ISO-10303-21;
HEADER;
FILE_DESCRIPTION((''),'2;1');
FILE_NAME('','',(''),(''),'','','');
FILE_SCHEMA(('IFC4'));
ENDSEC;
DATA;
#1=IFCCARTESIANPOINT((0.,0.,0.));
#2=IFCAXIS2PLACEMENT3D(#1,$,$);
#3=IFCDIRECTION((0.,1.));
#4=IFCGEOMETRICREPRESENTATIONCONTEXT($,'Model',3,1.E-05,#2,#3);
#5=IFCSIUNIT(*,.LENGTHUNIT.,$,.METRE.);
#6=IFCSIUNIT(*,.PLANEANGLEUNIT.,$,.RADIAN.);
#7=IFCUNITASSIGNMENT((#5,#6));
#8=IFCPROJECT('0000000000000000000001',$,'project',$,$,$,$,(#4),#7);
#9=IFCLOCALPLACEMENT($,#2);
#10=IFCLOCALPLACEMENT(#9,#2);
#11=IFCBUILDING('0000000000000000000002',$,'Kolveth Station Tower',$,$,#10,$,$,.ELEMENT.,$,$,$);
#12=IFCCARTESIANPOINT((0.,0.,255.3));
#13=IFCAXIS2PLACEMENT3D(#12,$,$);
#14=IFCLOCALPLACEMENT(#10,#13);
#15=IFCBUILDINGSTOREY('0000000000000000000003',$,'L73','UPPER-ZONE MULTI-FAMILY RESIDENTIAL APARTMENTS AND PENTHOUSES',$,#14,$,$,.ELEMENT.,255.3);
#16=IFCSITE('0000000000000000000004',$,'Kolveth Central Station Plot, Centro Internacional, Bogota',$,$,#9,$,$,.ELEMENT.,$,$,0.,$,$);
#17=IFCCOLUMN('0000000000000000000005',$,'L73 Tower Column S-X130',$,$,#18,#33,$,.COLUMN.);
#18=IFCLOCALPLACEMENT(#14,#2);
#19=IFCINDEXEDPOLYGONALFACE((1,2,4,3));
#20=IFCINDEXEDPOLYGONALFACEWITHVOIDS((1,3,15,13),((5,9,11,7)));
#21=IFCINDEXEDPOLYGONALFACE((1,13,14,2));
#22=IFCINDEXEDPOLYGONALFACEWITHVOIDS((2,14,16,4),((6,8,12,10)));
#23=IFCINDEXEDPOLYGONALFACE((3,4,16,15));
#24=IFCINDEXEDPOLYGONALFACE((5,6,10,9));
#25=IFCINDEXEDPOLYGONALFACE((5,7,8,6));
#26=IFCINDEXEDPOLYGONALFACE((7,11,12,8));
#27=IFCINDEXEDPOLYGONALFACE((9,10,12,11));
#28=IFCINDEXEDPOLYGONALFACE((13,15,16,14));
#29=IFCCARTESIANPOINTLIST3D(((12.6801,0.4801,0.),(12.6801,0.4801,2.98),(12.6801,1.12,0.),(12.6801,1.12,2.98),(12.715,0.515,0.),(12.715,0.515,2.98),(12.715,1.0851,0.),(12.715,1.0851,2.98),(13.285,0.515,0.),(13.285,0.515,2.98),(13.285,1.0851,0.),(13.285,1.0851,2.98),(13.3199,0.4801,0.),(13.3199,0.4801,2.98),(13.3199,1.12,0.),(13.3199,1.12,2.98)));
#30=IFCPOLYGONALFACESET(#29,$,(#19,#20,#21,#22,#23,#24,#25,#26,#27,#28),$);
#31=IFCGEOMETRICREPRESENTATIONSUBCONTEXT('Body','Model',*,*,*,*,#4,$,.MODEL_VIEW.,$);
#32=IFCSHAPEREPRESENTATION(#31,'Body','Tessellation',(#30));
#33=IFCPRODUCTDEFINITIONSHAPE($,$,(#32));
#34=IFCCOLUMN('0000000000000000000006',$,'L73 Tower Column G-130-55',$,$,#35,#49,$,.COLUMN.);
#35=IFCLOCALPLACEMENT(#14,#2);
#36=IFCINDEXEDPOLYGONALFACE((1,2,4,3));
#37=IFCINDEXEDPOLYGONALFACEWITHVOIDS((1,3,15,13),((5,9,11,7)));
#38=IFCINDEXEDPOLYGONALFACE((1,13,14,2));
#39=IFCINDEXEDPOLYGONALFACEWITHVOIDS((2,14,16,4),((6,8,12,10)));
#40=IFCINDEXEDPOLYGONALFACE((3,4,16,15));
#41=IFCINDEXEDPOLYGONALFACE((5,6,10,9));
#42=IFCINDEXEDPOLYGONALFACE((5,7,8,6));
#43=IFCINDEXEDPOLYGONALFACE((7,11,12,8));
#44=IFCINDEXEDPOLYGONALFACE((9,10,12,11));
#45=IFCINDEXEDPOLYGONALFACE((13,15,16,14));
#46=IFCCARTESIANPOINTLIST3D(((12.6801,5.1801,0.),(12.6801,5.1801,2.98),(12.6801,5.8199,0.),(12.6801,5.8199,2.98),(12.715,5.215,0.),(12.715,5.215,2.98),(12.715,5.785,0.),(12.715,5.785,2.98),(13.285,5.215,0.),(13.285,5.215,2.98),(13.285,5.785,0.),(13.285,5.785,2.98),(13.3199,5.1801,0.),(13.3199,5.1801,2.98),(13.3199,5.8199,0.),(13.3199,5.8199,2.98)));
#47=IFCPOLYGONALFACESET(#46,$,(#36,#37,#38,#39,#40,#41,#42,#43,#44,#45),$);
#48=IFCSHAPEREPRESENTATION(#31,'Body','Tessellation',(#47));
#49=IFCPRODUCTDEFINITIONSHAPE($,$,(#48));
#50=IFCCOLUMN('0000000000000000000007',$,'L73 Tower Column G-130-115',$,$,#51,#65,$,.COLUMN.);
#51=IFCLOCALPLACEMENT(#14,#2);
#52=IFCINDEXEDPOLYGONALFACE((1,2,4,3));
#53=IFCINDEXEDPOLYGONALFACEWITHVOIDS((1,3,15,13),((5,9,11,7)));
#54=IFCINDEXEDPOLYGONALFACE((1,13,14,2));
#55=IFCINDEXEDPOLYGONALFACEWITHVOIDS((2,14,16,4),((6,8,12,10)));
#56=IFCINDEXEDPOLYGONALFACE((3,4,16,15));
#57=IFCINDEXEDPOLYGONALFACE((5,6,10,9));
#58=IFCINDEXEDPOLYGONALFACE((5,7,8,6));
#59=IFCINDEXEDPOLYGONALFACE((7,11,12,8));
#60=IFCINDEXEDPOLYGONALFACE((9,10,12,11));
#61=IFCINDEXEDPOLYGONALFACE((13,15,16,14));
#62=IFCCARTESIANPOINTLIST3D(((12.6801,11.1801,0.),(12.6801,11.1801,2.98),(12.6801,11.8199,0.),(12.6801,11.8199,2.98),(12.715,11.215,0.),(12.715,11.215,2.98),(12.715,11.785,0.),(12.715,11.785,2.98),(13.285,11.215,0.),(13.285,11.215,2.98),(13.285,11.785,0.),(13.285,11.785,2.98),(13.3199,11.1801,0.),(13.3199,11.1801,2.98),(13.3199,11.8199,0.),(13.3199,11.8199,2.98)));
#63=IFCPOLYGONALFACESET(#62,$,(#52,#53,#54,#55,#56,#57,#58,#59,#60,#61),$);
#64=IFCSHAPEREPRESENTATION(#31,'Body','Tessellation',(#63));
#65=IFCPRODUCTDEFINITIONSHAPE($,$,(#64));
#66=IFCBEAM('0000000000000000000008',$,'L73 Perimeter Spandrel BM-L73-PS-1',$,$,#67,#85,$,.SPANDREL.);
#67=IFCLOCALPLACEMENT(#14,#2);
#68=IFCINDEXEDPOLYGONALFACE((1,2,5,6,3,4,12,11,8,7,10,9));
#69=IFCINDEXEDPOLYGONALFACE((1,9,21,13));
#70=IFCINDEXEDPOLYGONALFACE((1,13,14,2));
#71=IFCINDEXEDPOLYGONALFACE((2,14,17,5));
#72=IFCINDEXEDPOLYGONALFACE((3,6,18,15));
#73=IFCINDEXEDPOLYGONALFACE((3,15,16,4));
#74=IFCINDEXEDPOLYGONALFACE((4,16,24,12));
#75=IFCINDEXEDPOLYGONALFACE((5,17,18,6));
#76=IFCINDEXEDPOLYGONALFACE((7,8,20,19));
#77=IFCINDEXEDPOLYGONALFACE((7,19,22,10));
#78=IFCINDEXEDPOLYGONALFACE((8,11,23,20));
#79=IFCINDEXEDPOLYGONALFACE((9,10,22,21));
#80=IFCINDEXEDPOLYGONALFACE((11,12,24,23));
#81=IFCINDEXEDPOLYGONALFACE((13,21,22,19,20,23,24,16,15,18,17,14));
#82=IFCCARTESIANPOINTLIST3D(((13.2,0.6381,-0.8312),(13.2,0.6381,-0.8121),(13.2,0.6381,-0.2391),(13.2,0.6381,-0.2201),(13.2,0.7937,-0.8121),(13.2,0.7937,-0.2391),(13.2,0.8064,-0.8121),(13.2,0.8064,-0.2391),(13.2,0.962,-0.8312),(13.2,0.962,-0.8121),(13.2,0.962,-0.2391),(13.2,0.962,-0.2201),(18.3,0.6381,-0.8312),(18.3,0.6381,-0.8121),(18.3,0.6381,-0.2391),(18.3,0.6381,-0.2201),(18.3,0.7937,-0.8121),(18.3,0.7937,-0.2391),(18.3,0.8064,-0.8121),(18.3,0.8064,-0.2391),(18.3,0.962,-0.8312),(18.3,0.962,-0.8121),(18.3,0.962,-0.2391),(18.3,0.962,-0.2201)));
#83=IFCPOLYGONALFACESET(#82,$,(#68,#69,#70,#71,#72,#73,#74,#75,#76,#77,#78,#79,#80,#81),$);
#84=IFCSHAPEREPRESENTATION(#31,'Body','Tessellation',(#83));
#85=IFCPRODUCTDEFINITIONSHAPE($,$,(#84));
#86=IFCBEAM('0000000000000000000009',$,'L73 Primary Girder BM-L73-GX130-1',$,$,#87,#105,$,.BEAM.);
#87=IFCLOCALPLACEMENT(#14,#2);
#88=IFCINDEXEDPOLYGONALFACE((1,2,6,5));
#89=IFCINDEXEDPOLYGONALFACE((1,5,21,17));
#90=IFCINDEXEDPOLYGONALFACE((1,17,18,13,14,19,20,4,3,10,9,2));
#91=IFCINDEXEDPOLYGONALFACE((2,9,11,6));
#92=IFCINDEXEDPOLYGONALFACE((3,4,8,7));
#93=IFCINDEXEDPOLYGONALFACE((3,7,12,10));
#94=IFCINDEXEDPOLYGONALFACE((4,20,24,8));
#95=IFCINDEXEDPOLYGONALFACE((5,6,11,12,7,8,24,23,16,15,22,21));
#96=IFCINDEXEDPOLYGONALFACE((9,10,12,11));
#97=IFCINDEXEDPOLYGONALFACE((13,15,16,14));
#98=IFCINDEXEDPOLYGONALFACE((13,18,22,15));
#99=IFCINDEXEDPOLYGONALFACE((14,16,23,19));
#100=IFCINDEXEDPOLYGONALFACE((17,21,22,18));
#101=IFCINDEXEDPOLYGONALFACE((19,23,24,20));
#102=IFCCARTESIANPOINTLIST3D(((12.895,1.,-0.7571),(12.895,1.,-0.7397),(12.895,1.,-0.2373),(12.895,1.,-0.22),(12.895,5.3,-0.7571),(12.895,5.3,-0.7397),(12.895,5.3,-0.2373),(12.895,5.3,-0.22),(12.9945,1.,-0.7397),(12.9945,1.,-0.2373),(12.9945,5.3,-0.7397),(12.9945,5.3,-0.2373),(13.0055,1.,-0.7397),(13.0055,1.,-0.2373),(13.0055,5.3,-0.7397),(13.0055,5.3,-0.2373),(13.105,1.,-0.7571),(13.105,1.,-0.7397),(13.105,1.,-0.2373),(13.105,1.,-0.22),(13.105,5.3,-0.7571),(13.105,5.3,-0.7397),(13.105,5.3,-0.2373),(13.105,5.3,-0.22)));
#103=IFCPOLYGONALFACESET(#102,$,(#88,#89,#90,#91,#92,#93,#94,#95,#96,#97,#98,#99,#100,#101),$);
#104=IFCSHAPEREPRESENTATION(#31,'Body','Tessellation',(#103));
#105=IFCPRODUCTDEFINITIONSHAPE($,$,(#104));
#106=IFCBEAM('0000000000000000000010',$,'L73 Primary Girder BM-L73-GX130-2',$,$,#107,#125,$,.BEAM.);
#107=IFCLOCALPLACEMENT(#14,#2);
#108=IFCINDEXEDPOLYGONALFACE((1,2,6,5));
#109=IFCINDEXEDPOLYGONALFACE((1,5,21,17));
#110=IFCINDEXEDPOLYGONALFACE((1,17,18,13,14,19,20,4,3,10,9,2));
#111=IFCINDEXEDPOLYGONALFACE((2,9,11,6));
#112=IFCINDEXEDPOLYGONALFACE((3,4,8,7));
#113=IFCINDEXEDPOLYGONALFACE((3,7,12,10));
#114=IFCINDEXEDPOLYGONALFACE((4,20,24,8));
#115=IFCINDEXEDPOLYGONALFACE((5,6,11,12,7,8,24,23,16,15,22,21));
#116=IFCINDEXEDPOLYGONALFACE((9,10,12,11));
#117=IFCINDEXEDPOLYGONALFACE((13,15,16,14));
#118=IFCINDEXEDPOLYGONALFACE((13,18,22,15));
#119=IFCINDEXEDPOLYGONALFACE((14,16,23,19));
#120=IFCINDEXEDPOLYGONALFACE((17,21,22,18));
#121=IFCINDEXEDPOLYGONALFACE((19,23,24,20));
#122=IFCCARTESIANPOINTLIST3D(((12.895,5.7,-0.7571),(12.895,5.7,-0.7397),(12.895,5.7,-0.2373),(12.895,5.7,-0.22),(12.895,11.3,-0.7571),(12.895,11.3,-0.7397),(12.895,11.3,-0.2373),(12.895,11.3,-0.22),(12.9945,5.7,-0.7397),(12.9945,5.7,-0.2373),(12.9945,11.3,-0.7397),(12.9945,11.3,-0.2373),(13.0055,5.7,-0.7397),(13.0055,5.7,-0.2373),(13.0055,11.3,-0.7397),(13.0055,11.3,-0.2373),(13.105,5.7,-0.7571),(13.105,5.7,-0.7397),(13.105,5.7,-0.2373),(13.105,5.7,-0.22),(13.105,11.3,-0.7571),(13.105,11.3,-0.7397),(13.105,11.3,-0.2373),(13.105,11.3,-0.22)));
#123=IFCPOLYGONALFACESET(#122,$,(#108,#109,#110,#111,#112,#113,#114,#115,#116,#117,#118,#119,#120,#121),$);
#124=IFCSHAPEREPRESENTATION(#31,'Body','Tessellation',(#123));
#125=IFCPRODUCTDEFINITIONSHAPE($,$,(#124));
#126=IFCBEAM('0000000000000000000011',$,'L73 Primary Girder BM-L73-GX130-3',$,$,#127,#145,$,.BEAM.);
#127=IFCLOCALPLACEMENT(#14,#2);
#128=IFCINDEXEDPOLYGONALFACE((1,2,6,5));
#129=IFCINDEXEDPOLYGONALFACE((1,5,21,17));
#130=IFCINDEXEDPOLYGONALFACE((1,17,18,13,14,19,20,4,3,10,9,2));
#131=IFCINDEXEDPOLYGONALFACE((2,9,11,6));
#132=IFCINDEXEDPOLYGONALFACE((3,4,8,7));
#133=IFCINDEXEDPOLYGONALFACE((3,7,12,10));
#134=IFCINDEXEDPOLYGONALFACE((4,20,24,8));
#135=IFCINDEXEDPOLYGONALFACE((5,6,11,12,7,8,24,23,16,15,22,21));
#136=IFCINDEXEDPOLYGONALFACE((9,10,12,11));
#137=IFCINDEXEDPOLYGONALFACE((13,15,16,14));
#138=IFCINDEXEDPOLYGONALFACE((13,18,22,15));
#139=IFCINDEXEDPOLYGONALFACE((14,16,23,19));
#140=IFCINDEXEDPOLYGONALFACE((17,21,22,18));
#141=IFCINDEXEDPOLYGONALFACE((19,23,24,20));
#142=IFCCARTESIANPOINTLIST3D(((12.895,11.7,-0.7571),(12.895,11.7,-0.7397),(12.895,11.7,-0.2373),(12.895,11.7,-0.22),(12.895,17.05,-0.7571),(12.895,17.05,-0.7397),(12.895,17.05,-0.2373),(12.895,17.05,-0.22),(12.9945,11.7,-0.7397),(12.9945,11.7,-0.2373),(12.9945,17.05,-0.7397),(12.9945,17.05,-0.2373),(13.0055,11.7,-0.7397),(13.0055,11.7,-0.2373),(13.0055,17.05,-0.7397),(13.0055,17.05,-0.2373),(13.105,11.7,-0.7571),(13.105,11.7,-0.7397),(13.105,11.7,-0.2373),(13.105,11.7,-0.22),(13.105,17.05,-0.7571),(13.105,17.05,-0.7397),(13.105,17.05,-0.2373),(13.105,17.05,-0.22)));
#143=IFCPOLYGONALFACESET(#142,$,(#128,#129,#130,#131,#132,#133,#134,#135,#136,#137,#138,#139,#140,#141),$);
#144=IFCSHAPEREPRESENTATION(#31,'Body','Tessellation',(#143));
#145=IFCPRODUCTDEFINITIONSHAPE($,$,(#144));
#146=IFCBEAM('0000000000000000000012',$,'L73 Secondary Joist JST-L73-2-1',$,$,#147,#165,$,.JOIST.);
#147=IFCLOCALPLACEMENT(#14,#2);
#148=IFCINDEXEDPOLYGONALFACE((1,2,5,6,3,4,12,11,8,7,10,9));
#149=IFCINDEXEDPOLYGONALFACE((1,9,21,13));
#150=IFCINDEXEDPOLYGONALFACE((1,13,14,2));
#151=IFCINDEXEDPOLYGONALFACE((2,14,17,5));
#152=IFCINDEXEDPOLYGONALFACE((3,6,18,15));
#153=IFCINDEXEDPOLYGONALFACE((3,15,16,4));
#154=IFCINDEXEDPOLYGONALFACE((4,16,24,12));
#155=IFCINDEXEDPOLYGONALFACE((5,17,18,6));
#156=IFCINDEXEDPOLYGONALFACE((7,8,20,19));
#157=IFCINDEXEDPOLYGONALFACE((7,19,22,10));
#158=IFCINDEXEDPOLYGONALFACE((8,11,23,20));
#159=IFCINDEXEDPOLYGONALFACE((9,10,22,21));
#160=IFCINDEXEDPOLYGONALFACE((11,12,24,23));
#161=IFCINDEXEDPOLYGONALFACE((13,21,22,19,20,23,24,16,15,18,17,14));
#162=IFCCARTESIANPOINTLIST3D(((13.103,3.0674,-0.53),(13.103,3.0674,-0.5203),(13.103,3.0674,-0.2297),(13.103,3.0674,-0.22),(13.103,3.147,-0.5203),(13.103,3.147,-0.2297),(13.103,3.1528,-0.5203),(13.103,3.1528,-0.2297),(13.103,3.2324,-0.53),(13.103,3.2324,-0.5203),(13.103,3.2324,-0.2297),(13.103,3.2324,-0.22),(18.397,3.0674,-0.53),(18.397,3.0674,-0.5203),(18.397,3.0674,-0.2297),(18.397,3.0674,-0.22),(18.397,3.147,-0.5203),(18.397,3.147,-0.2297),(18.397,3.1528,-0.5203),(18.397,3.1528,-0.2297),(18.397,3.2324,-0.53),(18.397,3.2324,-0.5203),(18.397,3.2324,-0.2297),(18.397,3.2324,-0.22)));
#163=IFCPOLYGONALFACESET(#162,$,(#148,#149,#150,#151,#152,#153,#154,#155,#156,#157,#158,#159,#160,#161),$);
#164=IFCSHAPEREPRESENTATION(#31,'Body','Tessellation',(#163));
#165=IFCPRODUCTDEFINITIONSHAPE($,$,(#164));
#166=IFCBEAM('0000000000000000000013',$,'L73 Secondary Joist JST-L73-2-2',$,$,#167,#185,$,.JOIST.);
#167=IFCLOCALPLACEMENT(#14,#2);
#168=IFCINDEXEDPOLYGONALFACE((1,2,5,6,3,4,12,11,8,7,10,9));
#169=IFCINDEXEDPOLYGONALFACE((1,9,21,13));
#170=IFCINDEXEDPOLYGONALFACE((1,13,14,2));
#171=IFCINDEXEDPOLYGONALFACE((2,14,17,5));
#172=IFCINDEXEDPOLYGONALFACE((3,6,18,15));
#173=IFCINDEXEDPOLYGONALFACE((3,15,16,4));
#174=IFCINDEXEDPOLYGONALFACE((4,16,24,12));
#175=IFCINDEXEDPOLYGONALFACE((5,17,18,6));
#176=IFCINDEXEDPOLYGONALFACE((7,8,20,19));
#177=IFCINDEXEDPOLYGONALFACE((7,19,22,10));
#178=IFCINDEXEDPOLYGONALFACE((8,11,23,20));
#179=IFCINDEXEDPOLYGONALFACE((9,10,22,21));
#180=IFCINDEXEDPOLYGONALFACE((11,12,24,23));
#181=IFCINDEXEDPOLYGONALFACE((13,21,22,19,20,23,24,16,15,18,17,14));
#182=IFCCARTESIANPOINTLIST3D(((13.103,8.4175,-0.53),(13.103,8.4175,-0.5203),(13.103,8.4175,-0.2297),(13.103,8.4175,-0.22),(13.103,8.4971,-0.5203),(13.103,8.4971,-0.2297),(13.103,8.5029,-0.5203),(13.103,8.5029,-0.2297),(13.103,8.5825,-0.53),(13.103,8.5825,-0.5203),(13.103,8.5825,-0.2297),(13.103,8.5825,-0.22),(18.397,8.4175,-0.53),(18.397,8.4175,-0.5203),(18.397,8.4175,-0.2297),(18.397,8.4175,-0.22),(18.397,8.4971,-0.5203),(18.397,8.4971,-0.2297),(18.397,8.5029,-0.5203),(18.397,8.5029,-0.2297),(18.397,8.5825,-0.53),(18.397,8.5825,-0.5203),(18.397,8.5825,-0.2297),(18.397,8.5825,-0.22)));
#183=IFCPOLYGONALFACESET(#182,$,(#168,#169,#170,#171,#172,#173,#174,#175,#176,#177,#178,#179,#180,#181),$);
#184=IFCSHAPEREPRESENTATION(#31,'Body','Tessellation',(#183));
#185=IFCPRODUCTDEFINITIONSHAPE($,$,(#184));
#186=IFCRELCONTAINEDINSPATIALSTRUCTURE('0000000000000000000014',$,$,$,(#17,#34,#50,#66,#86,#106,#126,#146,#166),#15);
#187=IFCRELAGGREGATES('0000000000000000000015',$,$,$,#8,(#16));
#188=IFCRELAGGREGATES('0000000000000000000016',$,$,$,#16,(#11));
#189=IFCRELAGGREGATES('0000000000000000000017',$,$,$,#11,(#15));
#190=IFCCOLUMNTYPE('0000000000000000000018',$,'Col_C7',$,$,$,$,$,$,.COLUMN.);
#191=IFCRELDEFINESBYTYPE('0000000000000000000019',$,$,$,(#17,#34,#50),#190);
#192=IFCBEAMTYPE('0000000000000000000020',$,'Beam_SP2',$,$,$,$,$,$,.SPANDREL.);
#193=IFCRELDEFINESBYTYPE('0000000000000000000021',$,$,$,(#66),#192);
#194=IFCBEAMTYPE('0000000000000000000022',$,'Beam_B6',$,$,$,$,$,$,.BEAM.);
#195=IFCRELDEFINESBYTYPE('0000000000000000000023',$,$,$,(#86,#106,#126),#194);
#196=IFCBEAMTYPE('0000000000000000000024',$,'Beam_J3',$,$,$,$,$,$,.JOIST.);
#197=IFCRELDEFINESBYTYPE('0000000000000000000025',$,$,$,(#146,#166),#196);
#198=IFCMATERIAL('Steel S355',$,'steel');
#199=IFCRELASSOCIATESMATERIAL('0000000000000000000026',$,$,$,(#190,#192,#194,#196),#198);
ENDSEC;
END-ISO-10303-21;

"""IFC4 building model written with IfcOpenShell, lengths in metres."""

from ifc_helpers import new_model, si_unit, direction, frame, origin, origin_2d, place, context, subcontext, project, spatial, hollow_rectangle, i_section, extrude, source, transform, mapped, material, material_profile, profile_set, type_object, element, save


model = new_model("IFC4")

# Units and contexts
model_context = context("Model", 3, precision=1e-05, world=origin(), true_north=direction((0.0, 1.0)))
body_context = subcontext(model_context, "Body", "Model", "MODEL_VIEW")
ifc_project = project(units=[si_unit("LENGTHUNIT", "METRE"), si_unit("PLANEANGLEUNIT", "RADIAN")], contexts=[model_context])

# Site, building, storey
site_placement = place(None, origin())
site = spatial("IfcSite", under=ifc_project, at=site_placement, Name="Kolveth Central Station Plot, Centro Internacional, Bogota", CompositionType="ELEMENT", RefElevation=0.0)
building_placement = place(site_placement, origin())
building = spatial("IfcBuilding", under=site, at=building_placement, Name="Kolveth Station Tower", CompositionType="ELEMENT")
storey_placement = place(building_placement, frame((0.0, 0.0, 255.3)))
storey = spatial("IfcBuildingStorey", under=building, at=storey_placement, Name="L73", Description="UPPER-ZONE MULTI-FAMILY RESIDENTIAL APARTMENTS AND PENTHOUSES", CompositionType="ELEMENT", Elevation=255.3)

# Columns
ifc_material_1 = material(Name="Steel S355", Category="steel")
ifc_material_profile_1 = material_profile(ifc_material_1, hollow_rectangle(XDim=0.6399, YDim=0.6399, WallThickness=0.0349, at=origin_2d()), Name="BOX640x640x35")
ifc_profile_set_1 = profile_set([ifc_material_profile_1], Name="Steel S355")
column_type = type_object("IfcColumnType", Name="Col_C7", PredefinedType="COLUMN", material=ifc_profile_set_1)
shared_shape_1 = source(origin(), body_context, "Body", "SweptSolid", [
    extrude(hollow_rectangle(XDim=0.6399, YDim=0.6399, WallThickness=0.0349, at=origin_2d()), origin(), (0.0, 0.0, 1.0), 2.98),
])
for number, where, z_axis, x_axis, name in (
    (1, (13.0, 0.8, 0.0), (0.0, 0.0, 1.0), (1.0, 0.0, 0.0), "L73 Tower Column S-X130"),
    (2, (13.0, 5.5, 0.0), (0.0, 0.0, 1.0), (1.0, 0.0, 0.0), "L73 Tower Column G-130-55"),
    (3, (13.0, 11.5, 0.0), (0.0, 0.0, 1.0), (1.0, 0.0, 0.0), "L73 Tower Column G-130-115"),
):
    element("IfcColumn", number, at=place(storey_placement, frame(where, z_axis=z_axis, x_axis=x_axis)), inside=storey, type_object=column_type, Name=name, PredefinedType="COLUMN", context=body_context, shape_type="MappedRepresentation", body=[
        mapped(shared_shape_1, transform((0.0, 0.0, 0.0), x_axis=(1.0, 0.0, 0.0), y_axis=(0.0, 1.0, 0.0), z_axis=(0.0, 0.0, 1.0), scale=1.0)),
    ])

# Beams
ifc_material_profile_2 = material_profile(ifc_material_1, i_section(OverallWidth=0.324, OverallDepth=0.6111, WebThickness=0.0127, FlangeThickness=0.019, at=origin_2d()), Name="W610x155")
ifc_profile_set_2 = profile_set([ifc_material_profile_2], Name="Steel S355")
beam_type_1 = type_object("IfcBeamType", Name="Beam_SP2", PredefinedType="SPANDREL", material=ifc_profile_set_2)
shared_shape_2 = source(origin(), body_context, "Body", "SweptSolid", [
    extrude(i_section(OverallWidth=0.324, OverallDepth=0.6111, WebThickness=0.0127, FlangeThickness=0.019, at=origin_2d()), origin(), (0.0, 0.0, 1.0), 5.1001),
])
beam_1_placement = place(storey_placement, frame((13.2, 0.8, -0.5256), z_axis=(1.0, 0.0, 0.0), x_axis=(0.0, 1.0, 0.0)))
element("IfcBeam", 4, at=beam_1_placement, inside=storey, type_object=beam_type_1, Name="L73 Perimeter Spandrel BM-L73-PS-1", PredefinedType="SPANDREL", context=body_context, shape_type="MappedRepresentation", body=[
    mapped(shared_shape_2, transform((0.0, 0.0, 0.0), x_axis=(1.0, 0.0, 0.0), y_axis=(0.0, 1.0, 0.0), z_axis=(0.0, 0.0, 1.0), scale=1.0)),
])
ifc_material_profile_3 = material_profile(ifc_material_1, i_section(OverallWidth=0.21, OverallDepth=0.5371, WebThickness=0.011, FlangeThickness=0.0173, at=origin_2d()), Name="W530x101")
ifc_profile_set_3 = profile_set([ifc_material_profile_3], Name="Steel S355")
beam_type_2 = type_object("IfcBeamType", Name="Beam_B6", PredefinedType="BEAM", material=ifc_profile_set_3)
shared_shape_3 = source(origin(), body_context, "Body", "SweptSolid", [
    extrude(i_section(OverallWidth=0.21, OverallDepth=0.5371, WebThickness=0.011, FlangeThickness=0.0173, at=origin_2d()), origin(), (0.0, 0.0, 1.0), 4.3),
])
beam_2_placement = place(storey_placement, frame((13.0, 1.0, -0.4885), z_axis=(0.0, 1.0, 0.0), x_axis=(-1.0, 0.0, 0.0)))
element("IfcBeam", 5, at=beam_2_placement, inside=storey, type_object=beam_type_2, Name="L73 Primary Girder BM-L73-GX130-1", PredefinedType="BEAM", context=body_context, shape_type="MappedRepresentation", body=[
    mapped(shared_shape_3, transform((0.0, 0.0, 0.0), x_axis=(1.0, 0.0, 0.0), y_axis=(0.0, 1.0, 0.0), z_axis=(0.0, 0.0, 1.0), scale=1.0)),
])
shared_shape_4 = source(origin(), body_context, "Body", "SweptSolid", [
    extrude(i_section(OverallWidth=0.21, OverallDepth=0.5371, WebThickness=0.011, FlangeThickness=0.0173, at=origin_2d()), origin(), (0.0, 0.0, 1.0), 5.6001),
])
beam_3_placement = place(storey_placement, frame((13.0, 5.7, -0.4885), z_axis=(0.0, 1.0, 0.0), x_axis=(-1.0, 0.0, 0.0)))
element("IfcBeam", 6, at=beam_3_placement, inside=storey, type_object=beam_type_2, Name="L73 Primary Girder BM-L73-GX130-2", PredefinedType="BEAM", context=body_context, shape_type="MappedRepresentation", body=[
    mapped(shared_shape_4, transform((0.0, 0.0, 0.0), x_axis=(1.0, 0.0, 0.0), y_axis=(0.0, 1.0, 0.0), z_axis=(0.0, 0.0, 1.0), scale=1.0)),
])
shared_shape_5 = source(origin(), body_context, "Body", "SweptSolid", [
    extrude(i_section(OverallWidth=0.21, OverallDepth=0.5371, WebThickness=0.011, FlangeThickness=0.0173, at=origin_2d()), origin(), (0.0, 0.0, 1.0), 5.3501),
])
beam_4_placement = place(storey_placement, frame((13.0, 11.7, -0.4885), z_axis=(0.0, 1.0, 0.0), x_axis=(-1.0, 0.0, 0.0)))
element("IfcBeam", 7, at=beam_4_placement, inside=storey, type_object=beam_type_2, Name="L73 Primary Girder BM-L73-GX130-3", PredefinedType="BEAM", context=body_context, shape_type="MappedRepresentation", body=[
    mapped(shared_shape_5, transform((0.0, 0.0, 0.0), x_axis=(1.0, 0.0, 0.0), y_axis=(0.0, 1.0, 0.0), z_axis=(0.0, 0.0, 1.0), scale=1.0)),
])
ifc_material_profile_4 = material_profile(ifc_material_1, i_section(OverallWidth=0.165, OverallDepth=0.3101, WebThickness=0.0059, FlangeThickness=0.0098, at=origin_2d()), Name="W310x39")
ifc_profile_set_4 = profile_set([ifc_material_profile_4], Name="Steel S355")
beam_type_3 = type_object("IfcBeamType", Name="Beam_J3", PredefinedType="JOIST", material=ifc_profile_set_4)
shared_shape_6 = source(origin(), body_context, "Body", "SweptSolid", [
    extrude(i_section(OverallWidth=0.165, OverallDepth=0.3101, WebThickness=0.0059, FlangeThickness=0.0098, at=origin_2d()), origin(), (0.0, 0.0, 1.0), 5.2939),
])
for number, where, z_axis, x_axis, name in (
    (8, (13.103, 3.1499, -0.375), (1.0, 0.0, 0.0), (0.0, 1.0, 0.0), "L73 Secondary Joist JST-L73-2-1"),
    (9, (13.103, 8.5, -0.375), (1.0, 0.0, 0.0), (0.0, 1.0, 0.0), "L73 Secondary Joist JST-L73-2-2"),
):
    element("IfcBeam", number, at=place(storey_placement, frame(where, z_axis=z_axis, x_axis=x_axis)), inside=storey, type_object=beam_type_3, Name=name, PredefinedType="JOIST", context=body_context, shape_type="MappedRepresentation", body=[
        mapped(shared_shape_6, transform((0.0, 0.0, 0.0), x_axis=(1.0, 0.0, 0.0), y_axis=(0.0, 1.0, 0.0), z_axis=(0.0, 0.0, 1.0), scale=1.0)),
    ])

save(model, "model.ifc")
